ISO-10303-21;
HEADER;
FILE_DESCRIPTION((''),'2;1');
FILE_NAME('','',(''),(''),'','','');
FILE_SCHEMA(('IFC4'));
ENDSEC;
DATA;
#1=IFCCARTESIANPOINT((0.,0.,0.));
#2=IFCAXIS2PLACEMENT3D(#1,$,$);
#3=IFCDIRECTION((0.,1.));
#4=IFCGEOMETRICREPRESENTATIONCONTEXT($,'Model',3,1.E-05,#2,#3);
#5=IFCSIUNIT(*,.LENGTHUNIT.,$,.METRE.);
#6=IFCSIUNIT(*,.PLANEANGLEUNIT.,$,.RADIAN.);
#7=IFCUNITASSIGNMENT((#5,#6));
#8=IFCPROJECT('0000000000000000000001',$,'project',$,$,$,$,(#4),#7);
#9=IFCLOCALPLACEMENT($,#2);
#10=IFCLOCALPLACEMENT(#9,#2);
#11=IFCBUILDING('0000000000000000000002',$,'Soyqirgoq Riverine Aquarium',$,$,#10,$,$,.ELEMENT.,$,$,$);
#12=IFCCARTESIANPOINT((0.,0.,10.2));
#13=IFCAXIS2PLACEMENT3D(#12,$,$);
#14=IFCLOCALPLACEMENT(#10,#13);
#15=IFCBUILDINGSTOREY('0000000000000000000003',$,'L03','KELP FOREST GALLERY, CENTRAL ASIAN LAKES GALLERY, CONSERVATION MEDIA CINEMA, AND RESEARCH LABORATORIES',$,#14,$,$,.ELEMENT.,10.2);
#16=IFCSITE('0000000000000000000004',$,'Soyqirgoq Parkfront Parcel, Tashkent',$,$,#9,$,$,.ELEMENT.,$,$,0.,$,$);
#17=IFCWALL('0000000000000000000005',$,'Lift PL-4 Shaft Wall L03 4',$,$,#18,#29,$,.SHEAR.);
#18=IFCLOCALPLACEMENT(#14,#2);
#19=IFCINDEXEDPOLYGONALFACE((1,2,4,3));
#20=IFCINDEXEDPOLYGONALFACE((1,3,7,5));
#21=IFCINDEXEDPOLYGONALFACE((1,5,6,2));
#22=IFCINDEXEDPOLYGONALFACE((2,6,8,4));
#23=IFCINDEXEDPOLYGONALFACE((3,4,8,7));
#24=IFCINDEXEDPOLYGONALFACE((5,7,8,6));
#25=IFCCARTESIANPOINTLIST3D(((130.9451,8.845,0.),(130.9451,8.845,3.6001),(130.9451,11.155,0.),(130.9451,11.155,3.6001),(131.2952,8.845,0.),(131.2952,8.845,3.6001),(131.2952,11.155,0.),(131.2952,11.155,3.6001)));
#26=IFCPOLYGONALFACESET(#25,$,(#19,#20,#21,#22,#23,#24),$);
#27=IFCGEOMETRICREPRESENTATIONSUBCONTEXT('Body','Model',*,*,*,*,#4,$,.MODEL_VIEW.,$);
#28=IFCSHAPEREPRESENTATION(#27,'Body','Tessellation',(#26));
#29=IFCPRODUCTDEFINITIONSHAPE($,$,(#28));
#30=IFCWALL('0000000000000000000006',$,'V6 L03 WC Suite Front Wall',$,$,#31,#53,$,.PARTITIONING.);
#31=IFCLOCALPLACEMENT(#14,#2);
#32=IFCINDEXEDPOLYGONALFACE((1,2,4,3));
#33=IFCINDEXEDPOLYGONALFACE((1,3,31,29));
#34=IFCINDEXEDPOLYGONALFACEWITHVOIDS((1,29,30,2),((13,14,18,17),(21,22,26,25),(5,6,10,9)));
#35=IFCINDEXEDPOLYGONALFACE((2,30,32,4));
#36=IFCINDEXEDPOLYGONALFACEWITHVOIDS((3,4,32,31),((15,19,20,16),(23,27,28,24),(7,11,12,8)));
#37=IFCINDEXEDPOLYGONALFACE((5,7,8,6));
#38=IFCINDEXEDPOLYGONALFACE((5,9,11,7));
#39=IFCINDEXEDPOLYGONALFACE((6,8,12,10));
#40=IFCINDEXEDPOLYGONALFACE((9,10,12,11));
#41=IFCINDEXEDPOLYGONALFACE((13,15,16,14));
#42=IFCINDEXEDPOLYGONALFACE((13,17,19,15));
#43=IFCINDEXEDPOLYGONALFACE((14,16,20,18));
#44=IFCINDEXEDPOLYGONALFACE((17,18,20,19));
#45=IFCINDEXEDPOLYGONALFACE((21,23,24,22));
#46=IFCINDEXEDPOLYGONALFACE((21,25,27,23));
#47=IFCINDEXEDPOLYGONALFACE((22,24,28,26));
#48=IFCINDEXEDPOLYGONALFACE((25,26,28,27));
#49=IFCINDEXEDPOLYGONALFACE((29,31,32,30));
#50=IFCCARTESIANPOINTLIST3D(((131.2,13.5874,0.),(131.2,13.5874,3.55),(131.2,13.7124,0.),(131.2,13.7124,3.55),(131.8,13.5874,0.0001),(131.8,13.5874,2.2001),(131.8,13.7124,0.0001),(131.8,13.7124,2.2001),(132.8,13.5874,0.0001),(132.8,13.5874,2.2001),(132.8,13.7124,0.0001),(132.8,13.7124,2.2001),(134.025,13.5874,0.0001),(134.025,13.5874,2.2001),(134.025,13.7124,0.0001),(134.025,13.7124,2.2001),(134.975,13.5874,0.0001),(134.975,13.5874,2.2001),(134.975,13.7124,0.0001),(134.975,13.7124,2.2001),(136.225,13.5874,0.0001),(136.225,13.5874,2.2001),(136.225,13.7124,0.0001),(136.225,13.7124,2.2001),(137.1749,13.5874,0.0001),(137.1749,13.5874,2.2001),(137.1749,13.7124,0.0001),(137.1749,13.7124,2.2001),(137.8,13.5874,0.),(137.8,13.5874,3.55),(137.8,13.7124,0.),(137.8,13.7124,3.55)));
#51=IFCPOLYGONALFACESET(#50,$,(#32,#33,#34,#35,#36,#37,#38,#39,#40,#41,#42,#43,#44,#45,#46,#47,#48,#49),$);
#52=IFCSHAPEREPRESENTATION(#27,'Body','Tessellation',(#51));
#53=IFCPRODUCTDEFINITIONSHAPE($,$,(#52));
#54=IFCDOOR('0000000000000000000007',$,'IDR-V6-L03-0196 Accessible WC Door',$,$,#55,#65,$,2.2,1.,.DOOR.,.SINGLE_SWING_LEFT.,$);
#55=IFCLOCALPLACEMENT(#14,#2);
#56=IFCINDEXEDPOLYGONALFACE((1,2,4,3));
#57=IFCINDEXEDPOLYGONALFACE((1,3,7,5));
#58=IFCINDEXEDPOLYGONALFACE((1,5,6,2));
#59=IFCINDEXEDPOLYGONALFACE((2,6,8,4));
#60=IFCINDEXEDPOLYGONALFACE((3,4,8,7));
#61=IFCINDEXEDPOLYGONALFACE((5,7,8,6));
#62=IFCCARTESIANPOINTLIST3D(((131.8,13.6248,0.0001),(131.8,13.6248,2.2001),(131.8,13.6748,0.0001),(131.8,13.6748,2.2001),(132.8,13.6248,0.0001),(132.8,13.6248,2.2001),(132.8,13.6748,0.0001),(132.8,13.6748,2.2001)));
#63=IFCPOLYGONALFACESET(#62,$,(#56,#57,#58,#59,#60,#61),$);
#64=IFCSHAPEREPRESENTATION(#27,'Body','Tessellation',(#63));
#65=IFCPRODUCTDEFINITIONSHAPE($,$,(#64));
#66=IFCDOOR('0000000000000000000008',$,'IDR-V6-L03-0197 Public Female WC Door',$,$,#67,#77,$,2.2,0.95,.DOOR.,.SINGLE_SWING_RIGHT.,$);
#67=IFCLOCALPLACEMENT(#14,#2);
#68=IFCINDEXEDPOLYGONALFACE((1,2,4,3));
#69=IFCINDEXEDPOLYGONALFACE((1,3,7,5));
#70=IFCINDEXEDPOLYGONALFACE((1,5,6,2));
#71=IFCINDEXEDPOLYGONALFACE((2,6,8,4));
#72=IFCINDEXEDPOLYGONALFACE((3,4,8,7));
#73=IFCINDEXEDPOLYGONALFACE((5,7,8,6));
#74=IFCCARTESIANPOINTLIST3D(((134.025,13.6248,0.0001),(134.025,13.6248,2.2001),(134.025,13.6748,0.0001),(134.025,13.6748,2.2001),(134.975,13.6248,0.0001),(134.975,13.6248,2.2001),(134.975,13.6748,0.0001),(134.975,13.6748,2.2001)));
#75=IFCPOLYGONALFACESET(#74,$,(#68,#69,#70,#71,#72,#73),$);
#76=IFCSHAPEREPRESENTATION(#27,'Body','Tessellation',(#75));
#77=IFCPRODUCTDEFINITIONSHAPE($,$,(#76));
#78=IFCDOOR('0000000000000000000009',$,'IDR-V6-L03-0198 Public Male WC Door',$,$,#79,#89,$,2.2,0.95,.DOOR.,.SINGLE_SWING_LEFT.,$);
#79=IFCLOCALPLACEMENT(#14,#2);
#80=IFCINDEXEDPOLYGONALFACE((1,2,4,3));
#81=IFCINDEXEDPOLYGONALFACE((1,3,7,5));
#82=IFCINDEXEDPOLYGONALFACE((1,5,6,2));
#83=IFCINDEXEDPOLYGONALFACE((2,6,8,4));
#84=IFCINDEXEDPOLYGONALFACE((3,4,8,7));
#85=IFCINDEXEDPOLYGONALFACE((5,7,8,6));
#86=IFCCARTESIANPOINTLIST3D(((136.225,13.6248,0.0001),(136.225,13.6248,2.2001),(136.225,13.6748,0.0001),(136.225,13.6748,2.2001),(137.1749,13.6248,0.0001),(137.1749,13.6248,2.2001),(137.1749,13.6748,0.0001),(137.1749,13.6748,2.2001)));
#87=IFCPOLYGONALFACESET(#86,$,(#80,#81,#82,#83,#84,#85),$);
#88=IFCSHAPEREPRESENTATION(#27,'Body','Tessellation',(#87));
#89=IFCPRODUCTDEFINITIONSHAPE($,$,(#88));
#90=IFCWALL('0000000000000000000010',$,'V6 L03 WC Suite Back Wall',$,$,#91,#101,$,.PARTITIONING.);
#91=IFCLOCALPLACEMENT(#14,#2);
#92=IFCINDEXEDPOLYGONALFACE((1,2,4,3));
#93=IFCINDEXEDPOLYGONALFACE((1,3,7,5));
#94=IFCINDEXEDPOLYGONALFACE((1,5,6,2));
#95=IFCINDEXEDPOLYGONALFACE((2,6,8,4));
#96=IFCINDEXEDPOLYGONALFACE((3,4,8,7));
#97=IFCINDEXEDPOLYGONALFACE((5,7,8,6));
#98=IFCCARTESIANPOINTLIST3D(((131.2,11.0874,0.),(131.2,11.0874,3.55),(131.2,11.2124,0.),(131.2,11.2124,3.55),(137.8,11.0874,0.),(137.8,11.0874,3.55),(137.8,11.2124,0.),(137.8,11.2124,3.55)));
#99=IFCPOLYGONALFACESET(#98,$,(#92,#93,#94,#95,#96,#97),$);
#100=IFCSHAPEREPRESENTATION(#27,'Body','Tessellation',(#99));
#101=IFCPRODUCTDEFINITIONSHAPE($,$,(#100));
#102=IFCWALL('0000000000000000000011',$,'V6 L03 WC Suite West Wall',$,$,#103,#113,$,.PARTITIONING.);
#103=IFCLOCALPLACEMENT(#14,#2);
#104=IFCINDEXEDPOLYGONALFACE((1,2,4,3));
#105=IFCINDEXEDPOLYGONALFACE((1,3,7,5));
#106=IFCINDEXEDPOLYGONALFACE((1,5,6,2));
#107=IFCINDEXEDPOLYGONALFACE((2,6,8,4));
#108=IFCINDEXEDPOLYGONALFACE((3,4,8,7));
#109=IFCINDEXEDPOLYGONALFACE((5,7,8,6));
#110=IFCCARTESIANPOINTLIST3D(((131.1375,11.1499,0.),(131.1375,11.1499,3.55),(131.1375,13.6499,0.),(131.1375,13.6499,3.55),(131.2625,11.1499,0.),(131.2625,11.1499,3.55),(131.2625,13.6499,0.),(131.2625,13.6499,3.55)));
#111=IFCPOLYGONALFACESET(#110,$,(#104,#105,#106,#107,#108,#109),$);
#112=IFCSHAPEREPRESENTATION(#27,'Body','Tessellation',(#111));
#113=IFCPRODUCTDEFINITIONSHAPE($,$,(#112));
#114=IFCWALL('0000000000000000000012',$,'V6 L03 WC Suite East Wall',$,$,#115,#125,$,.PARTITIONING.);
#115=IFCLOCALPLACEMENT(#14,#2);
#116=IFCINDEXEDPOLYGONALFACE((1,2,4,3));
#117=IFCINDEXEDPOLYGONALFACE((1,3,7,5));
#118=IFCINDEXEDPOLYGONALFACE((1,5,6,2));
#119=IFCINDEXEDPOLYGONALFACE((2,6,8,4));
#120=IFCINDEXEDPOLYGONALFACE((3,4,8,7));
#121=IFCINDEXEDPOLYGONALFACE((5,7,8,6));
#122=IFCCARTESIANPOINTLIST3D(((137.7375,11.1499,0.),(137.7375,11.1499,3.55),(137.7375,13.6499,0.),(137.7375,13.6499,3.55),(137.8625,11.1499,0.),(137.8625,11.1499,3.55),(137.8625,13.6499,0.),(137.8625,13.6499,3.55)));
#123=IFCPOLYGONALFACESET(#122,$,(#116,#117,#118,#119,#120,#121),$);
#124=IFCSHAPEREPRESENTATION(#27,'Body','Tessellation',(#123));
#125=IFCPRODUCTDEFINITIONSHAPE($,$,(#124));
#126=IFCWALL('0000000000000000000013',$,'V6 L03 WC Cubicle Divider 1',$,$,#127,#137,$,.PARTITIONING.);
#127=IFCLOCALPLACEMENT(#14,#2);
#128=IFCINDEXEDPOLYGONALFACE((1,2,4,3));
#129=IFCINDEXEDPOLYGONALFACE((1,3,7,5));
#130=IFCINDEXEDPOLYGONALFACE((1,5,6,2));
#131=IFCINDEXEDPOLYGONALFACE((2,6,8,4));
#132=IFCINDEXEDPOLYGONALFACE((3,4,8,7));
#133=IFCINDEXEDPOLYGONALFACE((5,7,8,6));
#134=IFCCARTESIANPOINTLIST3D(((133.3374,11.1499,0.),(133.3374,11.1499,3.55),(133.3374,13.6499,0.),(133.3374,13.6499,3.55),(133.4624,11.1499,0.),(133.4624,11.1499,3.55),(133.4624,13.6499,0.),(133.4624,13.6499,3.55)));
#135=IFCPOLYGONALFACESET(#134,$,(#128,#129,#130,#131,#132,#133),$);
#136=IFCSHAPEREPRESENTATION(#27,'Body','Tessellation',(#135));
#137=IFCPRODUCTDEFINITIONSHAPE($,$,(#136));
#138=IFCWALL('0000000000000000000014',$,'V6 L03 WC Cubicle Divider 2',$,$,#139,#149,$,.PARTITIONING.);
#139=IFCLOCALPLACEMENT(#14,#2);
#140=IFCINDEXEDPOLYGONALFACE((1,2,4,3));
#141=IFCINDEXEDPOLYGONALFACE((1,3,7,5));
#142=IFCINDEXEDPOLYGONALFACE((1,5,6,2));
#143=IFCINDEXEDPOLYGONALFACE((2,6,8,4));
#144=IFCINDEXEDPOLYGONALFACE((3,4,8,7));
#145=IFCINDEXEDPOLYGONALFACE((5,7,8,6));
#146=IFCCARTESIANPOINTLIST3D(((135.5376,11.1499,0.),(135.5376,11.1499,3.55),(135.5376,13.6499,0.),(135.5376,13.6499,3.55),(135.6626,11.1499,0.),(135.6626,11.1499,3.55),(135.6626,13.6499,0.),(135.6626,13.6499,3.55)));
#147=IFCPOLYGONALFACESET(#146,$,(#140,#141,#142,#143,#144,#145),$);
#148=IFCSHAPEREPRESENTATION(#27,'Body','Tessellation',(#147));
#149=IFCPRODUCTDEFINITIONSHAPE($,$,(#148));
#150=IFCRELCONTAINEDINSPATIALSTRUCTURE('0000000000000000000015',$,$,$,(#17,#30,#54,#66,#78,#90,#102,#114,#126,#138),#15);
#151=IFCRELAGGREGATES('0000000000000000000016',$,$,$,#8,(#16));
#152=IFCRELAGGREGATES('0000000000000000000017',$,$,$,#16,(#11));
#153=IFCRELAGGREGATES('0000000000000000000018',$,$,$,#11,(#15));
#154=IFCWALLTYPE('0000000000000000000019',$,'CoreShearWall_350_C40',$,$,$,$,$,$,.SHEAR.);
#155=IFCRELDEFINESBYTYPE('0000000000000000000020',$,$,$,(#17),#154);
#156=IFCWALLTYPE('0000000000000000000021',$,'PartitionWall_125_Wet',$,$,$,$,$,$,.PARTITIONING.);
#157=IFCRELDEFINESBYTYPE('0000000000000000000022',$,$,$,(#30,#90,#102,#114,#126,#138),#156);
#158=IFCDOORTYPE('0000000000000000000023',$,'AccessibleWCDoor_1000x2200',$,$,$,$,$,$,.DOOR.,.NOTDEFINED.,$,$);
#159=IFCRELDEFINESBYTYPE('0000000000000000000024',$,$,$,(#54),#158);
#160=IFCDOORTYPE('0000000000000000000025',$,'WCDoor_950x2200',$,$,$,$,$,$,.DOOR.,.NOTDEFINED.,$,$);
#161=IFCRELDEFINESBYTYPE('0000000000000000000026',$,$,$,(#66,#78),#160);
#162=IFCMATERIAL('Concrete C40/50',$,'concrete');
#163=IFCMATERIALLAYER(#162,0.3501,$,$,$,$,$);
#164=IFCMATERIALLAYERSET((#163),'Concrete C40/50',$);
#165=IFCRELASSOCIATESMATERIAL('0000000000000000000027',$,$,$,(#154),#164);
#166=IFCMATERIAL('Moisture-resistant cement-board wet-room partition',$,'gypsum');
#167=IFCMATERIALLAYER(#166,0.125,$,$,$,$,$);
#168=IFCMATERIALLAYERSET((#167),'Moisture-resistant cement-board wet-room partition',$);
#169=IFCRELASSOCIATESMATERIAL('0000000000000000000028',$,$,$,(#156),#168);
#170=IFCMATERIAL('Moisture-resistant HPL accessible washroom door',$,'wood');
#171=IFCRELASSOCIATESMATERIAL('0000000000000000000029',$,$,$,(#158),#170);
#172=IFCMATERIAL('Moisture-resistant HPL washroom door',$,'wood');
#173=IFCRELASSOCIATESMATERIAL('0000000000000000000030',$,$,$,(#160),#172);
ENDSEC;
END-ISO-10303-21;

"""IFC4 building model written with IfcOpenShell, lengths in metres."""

from ifc_helpers import new_model, si_unit, direction, frame, frame_2d, origin, place, context, subcontext, project, spatial, rectangle, extrude, material, layer, layer_set, type_object, element, fill, save


model = new_model("IFC4")

# Units and contexts
model_context = context("Model", 3, precision=1e-05, world=origin(), true_north=direction((0.0, 1.0)))
body_context = subcontext(model_context, "Body", "Model", "MODEL_VIEW")
ifc_project = project(units=[si_unit("LENGTHUNIT", "METRE"), si_unit("PLANEANGLEUNIT", "RADIAN")], contexts=[model_context])

# Site, building, storey
site_placement = place(None, origin())
site = spatial("IfcSite", under=ifc_project, at=site_placement, Name="Soyqirgoq Parkfront Parcel, Tashkent", CompositionType="ELEMENT", RefElevation=0.0)
building_placement = place(site_placement, origin())
building = spatial("IfcBuilding", under=site, at=building_placement, Name="Soyqirgoq Riverine Aquarium", CompositionType="ELEMENT")
storey_placement = place(building_placement, frame((0.0, 0.0, 10.2)))
storey = spatial("IfcBuildingStorey", under=building, at=storey_placement, Name="L03", Description="KELP FOREST GALLERY, CENTRAL ASIAN LAKES GALLERY, CONSERVATION MEDIA CINEMA, AND RESEARCH LABORATORIES", CompositionType="ELEMENT", Elevation=10.2)

# Wall
ifc_material_1 = material(Name="Concrete C40/50", Category="concrete")
ifc_layer_1 = layer(ifc_material_1, 0.3501)
ifc_layer_set_1 = layer_set([ifc_layer_1], Name="Concrete C40/50")
wall_type_1 = type_object("IfcWallType", Name="CoreShearWall_350_C40", PredefinedType="SHEAR", material=ifc_layer_set_1)
wall_1_placement = place(storey_placement, frame((131.1201, 11.155, 0.0), z_axis=(0.0, 0.0, 1.0), x_axis=(0.0, -1.0, 0.0)))
element("IfcWall", 1, at=wall_1_placement, inside=storey, type_object=wall_type_1, Name="Lift PL-4 Shaft Wall L03 4", PredefinedType="SHEAR", context=body_context, shape_type="SweptSolid", body=[
    extrude(rectangle(XDim=2.3101, YDim=0.3501, at=frame_2d((1.155, 0.0))), origin(), (0.0, 0.0, 1.0), 3.6001),
])

# Wall, openings, doors
ifc_material_2 = material(Name="Moisture-resistant cement-board wet-room partition", Category="gypsum")
ifc_layer_2 = layer(ifc_material_2, 0.125)
ifc_layer_set_2 = layer_set([ifc_layer_2], Name="Moisture-resistant cement-board wet-room partition")
wall_type_2 = type_object("IfcWallType", Name="PartitionWall_125_Wet", PredefinedType="PARTITIONING", material=ifc_layer_set_2)
wall_2_placement = place(storey_placement, frame((131.2, 13.6499, 0.0), z_axis=(0.0, 0.0, 1.0), x_axis=(1.0, 0.0, 0.0)))
wall_2 = element("IfcWall", 2, at=wall_2_placement, inside=storey, type_object=wall_type_2, Name="V6 L03 WC Suite Front Wall", PredefinedType="PARTITIONING", context=body_context, shape_type="SweptSolid", body=[
    extrude(rectangle(XDim=6.6001, YDim=0.125, at=frame_2d((3.3, 0.0))), origin(), (0.0, 0.0, 1.0), 3.55),
])
opening_1_placement = place(wall_2_placement, frame((0.6001, 0.0, 0.0)))
opening_1 = element("IfcOpeningElement", 3, at=opening_1_placement, cuts=wall_2, PredefinedType="OPENING", context=body_context, shape_type="SweptSolid", body=[
    extrude(rectangle(XDim=1.0, YDim=2.2, at=frame_2d((0.5, 1.1001))), frame((0.0, 0.0725, 0.0), z_axis=(0.0, -1.0, 0.0), x_axis=(1.0, 0.0, 0.0)), (0.0, 0.0, 1.0), 0.145),
])
opening_2_placement = place(wall_2_placement, frame((2.825, 0.0, 0.0)))
opening_2 = element("IfcOpeningElement", 4, at=opening_2_placement, cuts=wall_2, PredefinedType="OPENING", context=body_context, shape_type="SweptSolid", body=[
    extrude(rectangle(XDim=0.95, YDim=2.2, at=frame_2d((0.4751, 1.1001))), frame((0.0, 0.0725, 0.0), z_axis=(0.0, -1.0, 0.0), x_axis=(1.0, 0.0, 0.0)), (0.0, 0.0, 1.0), 0.145),
])
opening_3_placement = place(wall_2_placement, frame((5.0249, 0.0, 0.0)))
opening_3 = element("IfcOpeningElement", 5, at=opening_3_placement, cuts=wall_2, PredefinedType="OPENING", context=body_context, shape_type="SweptSolid", body=[
    extrude(rectangle(XDim=0.95, YDim=2.2, at=frame_2d((0.4751, 1.1001))), frame((0.0, 0.0725, 0.0), z_axis=(0.0, -1.0, 0.0), x_axis=(1.0, 0.0, 0.0)), (0.0, 0.0, 1.0), 0.145),
])
ifc_material_3 = material(Name="Moisture-resistant HPL accessible washroom door", Category="wood")
door_type_1 = type_object("IfcDoorType", Name="AccessibleWCDoor_1000x2200", OperationType="NOTDEFINED", PredefinedType="DOOR", material=ifc_material_3)
door_1_placement = place(opening_1_placement, origin())
door_1 = element("IfcDoor", 6, at=door_1_placement, inside=storey, type_object=door_type_1, Name="IDR-V6-L03-0196 Accessible WC Door", OperationType="SINGLE_SWING_LEFT", OverallHeight=2.2, OverallWidth=1.0, PredefinedType="DOOR", context=body_context, shape_type="SweptSolid", body=[
    extrude(rectangle(XDim=1.0, YDim=2.2, at=frame_2d((0.5, 1.1001))), frame((0.0, 0.0249, 0.0), z_axis=(0.0, -1.0, 0.0), x_axis=(1.0, 0.0, 0.0)), (0.0, 0.0, 1.0), 0.05),
])
fill(opening_1, door_1)
ifc_material_4 = material(Name="Moisture-resistant HPL washroom door", Category="wood")
door_type_2 = type_object("IfcDoorType", Name="WCDoor_950x2200", OperationType="NOTDEFINED", PredefinedType="DOOR", material=ifc_material_4)
door_2_placement = place(opening_2_placement, origin())
door_2 = element("IfcDoor", 7, at=door_2_placement, inside=storey, type_object=door_type_2, Name="IDR-V6-L03-0197 Public Female WC Door", OperationType="SINGLE_SWING_RIGHT", OverallHeight=2.2, OverallWidth=0.95, PredefinedType="DOOR", context=body_context, shape_type="SweptSolid", body=[
    extrude(rectangle(XDim=0.95, YDim=2.2, at=frame_2d((0.4751, 1.1001))), frame((0.0, 0.0249, 0.0), z_axis=(0.0, -1.0, 0.0), x_axis=(1.0, 0.0, 0.0)), (0.0, 0.0, 1.0), 0.05),
])
fill(opening_2, door_2)
door_3_placement = place(opening_3_placement, origin())
door_3 = element("IfcDoor", 8, at=door_3_placement, inside=storey, type_object=door_type_2, Name="IDR-V6-L03-0198 Public Male WC Door", OperationType="SINGLE_SWING_LEFT", OverallHeight=2.2, OverallWidth=0.95, PredefinedType="DOOR", context=body_context, shape_type="SweptSolid", body=[
    extrude(rectangle(XDim=0.95, YDim=2.2, at=frame_2d((0.4751, 1.1001))), frame((0.0, 0.0249, 0.0), z_axis=(0.0, -1.0, 0.0), x_axis=(1.0, 0.0, 0.0)), (0.0, 0.0, 1.0), 0.05),
])
fill(opening_3, door_3)

# Walls
wall_3_placement = place(storey_placement, frame((131.2, 11.1499, 0.0), z_axis=(0.0, 0.0, 1.0), x_axis=(1.0, 0.0, 0.0)))
element("IfcWall", 9, at=wall_3_placement, inside=storey, type_object=wall_type_2, Name="V6 L03 WC Suite Back Wall", PredefinedType="PARTITIONING", context=body_context, shape_type="SweptSolid", body=[
    extrude(rectangle(XDim=6.6001, YDim=0.125, at=frame_2d((3.3, 0.0))), origin(), (0.0, 0.0, 1.0), 3.55),
])
for number, where, z_axis, x_axis, name in (
    (10, (131.2, 11.1499, 0.0), (0.0, 0.0, 1.0), (0.0, 1.0, 0.0), "V6 L03 WC Suite West Wall"),
    (11, (137.8, 11.1499, 0.0), (0.0, 0.0, 1.0), (0.0, 1.0, 0.0), "V6 L03 WC Suite East Wall"),
    (12, (133.3999, 11.1499, 0.0), (0.0, 0.0, 1.0), (0.0, 1.0, 0.0), "V6 L03 WC Cubicle Divider 1"),
    (13, (135.6001, 11.1499, 0.0), (0.0, 0.0, 1.0), (0.0, 1.0, 0.0), "V6 L03 WC Cubicle Divider 2"),
):
    element("IfcWall", number, at=place(storey_placement, frame(where, z_axis=z_axis, x_axis=x_axis)), inside=storey, type_object=wall_type_2, Name=name, PredefinedType="PARTITIONING", context=body_context, shape_type="SweptSolid", body=[
        extrude(rectangle(XDim=2.5, YDim=0.125, at=frame_2d((1.25, 0.0))), origin(), (0.0, 0.0, 1.0), 3.55),
    ])

save(model, "model.ifc")
